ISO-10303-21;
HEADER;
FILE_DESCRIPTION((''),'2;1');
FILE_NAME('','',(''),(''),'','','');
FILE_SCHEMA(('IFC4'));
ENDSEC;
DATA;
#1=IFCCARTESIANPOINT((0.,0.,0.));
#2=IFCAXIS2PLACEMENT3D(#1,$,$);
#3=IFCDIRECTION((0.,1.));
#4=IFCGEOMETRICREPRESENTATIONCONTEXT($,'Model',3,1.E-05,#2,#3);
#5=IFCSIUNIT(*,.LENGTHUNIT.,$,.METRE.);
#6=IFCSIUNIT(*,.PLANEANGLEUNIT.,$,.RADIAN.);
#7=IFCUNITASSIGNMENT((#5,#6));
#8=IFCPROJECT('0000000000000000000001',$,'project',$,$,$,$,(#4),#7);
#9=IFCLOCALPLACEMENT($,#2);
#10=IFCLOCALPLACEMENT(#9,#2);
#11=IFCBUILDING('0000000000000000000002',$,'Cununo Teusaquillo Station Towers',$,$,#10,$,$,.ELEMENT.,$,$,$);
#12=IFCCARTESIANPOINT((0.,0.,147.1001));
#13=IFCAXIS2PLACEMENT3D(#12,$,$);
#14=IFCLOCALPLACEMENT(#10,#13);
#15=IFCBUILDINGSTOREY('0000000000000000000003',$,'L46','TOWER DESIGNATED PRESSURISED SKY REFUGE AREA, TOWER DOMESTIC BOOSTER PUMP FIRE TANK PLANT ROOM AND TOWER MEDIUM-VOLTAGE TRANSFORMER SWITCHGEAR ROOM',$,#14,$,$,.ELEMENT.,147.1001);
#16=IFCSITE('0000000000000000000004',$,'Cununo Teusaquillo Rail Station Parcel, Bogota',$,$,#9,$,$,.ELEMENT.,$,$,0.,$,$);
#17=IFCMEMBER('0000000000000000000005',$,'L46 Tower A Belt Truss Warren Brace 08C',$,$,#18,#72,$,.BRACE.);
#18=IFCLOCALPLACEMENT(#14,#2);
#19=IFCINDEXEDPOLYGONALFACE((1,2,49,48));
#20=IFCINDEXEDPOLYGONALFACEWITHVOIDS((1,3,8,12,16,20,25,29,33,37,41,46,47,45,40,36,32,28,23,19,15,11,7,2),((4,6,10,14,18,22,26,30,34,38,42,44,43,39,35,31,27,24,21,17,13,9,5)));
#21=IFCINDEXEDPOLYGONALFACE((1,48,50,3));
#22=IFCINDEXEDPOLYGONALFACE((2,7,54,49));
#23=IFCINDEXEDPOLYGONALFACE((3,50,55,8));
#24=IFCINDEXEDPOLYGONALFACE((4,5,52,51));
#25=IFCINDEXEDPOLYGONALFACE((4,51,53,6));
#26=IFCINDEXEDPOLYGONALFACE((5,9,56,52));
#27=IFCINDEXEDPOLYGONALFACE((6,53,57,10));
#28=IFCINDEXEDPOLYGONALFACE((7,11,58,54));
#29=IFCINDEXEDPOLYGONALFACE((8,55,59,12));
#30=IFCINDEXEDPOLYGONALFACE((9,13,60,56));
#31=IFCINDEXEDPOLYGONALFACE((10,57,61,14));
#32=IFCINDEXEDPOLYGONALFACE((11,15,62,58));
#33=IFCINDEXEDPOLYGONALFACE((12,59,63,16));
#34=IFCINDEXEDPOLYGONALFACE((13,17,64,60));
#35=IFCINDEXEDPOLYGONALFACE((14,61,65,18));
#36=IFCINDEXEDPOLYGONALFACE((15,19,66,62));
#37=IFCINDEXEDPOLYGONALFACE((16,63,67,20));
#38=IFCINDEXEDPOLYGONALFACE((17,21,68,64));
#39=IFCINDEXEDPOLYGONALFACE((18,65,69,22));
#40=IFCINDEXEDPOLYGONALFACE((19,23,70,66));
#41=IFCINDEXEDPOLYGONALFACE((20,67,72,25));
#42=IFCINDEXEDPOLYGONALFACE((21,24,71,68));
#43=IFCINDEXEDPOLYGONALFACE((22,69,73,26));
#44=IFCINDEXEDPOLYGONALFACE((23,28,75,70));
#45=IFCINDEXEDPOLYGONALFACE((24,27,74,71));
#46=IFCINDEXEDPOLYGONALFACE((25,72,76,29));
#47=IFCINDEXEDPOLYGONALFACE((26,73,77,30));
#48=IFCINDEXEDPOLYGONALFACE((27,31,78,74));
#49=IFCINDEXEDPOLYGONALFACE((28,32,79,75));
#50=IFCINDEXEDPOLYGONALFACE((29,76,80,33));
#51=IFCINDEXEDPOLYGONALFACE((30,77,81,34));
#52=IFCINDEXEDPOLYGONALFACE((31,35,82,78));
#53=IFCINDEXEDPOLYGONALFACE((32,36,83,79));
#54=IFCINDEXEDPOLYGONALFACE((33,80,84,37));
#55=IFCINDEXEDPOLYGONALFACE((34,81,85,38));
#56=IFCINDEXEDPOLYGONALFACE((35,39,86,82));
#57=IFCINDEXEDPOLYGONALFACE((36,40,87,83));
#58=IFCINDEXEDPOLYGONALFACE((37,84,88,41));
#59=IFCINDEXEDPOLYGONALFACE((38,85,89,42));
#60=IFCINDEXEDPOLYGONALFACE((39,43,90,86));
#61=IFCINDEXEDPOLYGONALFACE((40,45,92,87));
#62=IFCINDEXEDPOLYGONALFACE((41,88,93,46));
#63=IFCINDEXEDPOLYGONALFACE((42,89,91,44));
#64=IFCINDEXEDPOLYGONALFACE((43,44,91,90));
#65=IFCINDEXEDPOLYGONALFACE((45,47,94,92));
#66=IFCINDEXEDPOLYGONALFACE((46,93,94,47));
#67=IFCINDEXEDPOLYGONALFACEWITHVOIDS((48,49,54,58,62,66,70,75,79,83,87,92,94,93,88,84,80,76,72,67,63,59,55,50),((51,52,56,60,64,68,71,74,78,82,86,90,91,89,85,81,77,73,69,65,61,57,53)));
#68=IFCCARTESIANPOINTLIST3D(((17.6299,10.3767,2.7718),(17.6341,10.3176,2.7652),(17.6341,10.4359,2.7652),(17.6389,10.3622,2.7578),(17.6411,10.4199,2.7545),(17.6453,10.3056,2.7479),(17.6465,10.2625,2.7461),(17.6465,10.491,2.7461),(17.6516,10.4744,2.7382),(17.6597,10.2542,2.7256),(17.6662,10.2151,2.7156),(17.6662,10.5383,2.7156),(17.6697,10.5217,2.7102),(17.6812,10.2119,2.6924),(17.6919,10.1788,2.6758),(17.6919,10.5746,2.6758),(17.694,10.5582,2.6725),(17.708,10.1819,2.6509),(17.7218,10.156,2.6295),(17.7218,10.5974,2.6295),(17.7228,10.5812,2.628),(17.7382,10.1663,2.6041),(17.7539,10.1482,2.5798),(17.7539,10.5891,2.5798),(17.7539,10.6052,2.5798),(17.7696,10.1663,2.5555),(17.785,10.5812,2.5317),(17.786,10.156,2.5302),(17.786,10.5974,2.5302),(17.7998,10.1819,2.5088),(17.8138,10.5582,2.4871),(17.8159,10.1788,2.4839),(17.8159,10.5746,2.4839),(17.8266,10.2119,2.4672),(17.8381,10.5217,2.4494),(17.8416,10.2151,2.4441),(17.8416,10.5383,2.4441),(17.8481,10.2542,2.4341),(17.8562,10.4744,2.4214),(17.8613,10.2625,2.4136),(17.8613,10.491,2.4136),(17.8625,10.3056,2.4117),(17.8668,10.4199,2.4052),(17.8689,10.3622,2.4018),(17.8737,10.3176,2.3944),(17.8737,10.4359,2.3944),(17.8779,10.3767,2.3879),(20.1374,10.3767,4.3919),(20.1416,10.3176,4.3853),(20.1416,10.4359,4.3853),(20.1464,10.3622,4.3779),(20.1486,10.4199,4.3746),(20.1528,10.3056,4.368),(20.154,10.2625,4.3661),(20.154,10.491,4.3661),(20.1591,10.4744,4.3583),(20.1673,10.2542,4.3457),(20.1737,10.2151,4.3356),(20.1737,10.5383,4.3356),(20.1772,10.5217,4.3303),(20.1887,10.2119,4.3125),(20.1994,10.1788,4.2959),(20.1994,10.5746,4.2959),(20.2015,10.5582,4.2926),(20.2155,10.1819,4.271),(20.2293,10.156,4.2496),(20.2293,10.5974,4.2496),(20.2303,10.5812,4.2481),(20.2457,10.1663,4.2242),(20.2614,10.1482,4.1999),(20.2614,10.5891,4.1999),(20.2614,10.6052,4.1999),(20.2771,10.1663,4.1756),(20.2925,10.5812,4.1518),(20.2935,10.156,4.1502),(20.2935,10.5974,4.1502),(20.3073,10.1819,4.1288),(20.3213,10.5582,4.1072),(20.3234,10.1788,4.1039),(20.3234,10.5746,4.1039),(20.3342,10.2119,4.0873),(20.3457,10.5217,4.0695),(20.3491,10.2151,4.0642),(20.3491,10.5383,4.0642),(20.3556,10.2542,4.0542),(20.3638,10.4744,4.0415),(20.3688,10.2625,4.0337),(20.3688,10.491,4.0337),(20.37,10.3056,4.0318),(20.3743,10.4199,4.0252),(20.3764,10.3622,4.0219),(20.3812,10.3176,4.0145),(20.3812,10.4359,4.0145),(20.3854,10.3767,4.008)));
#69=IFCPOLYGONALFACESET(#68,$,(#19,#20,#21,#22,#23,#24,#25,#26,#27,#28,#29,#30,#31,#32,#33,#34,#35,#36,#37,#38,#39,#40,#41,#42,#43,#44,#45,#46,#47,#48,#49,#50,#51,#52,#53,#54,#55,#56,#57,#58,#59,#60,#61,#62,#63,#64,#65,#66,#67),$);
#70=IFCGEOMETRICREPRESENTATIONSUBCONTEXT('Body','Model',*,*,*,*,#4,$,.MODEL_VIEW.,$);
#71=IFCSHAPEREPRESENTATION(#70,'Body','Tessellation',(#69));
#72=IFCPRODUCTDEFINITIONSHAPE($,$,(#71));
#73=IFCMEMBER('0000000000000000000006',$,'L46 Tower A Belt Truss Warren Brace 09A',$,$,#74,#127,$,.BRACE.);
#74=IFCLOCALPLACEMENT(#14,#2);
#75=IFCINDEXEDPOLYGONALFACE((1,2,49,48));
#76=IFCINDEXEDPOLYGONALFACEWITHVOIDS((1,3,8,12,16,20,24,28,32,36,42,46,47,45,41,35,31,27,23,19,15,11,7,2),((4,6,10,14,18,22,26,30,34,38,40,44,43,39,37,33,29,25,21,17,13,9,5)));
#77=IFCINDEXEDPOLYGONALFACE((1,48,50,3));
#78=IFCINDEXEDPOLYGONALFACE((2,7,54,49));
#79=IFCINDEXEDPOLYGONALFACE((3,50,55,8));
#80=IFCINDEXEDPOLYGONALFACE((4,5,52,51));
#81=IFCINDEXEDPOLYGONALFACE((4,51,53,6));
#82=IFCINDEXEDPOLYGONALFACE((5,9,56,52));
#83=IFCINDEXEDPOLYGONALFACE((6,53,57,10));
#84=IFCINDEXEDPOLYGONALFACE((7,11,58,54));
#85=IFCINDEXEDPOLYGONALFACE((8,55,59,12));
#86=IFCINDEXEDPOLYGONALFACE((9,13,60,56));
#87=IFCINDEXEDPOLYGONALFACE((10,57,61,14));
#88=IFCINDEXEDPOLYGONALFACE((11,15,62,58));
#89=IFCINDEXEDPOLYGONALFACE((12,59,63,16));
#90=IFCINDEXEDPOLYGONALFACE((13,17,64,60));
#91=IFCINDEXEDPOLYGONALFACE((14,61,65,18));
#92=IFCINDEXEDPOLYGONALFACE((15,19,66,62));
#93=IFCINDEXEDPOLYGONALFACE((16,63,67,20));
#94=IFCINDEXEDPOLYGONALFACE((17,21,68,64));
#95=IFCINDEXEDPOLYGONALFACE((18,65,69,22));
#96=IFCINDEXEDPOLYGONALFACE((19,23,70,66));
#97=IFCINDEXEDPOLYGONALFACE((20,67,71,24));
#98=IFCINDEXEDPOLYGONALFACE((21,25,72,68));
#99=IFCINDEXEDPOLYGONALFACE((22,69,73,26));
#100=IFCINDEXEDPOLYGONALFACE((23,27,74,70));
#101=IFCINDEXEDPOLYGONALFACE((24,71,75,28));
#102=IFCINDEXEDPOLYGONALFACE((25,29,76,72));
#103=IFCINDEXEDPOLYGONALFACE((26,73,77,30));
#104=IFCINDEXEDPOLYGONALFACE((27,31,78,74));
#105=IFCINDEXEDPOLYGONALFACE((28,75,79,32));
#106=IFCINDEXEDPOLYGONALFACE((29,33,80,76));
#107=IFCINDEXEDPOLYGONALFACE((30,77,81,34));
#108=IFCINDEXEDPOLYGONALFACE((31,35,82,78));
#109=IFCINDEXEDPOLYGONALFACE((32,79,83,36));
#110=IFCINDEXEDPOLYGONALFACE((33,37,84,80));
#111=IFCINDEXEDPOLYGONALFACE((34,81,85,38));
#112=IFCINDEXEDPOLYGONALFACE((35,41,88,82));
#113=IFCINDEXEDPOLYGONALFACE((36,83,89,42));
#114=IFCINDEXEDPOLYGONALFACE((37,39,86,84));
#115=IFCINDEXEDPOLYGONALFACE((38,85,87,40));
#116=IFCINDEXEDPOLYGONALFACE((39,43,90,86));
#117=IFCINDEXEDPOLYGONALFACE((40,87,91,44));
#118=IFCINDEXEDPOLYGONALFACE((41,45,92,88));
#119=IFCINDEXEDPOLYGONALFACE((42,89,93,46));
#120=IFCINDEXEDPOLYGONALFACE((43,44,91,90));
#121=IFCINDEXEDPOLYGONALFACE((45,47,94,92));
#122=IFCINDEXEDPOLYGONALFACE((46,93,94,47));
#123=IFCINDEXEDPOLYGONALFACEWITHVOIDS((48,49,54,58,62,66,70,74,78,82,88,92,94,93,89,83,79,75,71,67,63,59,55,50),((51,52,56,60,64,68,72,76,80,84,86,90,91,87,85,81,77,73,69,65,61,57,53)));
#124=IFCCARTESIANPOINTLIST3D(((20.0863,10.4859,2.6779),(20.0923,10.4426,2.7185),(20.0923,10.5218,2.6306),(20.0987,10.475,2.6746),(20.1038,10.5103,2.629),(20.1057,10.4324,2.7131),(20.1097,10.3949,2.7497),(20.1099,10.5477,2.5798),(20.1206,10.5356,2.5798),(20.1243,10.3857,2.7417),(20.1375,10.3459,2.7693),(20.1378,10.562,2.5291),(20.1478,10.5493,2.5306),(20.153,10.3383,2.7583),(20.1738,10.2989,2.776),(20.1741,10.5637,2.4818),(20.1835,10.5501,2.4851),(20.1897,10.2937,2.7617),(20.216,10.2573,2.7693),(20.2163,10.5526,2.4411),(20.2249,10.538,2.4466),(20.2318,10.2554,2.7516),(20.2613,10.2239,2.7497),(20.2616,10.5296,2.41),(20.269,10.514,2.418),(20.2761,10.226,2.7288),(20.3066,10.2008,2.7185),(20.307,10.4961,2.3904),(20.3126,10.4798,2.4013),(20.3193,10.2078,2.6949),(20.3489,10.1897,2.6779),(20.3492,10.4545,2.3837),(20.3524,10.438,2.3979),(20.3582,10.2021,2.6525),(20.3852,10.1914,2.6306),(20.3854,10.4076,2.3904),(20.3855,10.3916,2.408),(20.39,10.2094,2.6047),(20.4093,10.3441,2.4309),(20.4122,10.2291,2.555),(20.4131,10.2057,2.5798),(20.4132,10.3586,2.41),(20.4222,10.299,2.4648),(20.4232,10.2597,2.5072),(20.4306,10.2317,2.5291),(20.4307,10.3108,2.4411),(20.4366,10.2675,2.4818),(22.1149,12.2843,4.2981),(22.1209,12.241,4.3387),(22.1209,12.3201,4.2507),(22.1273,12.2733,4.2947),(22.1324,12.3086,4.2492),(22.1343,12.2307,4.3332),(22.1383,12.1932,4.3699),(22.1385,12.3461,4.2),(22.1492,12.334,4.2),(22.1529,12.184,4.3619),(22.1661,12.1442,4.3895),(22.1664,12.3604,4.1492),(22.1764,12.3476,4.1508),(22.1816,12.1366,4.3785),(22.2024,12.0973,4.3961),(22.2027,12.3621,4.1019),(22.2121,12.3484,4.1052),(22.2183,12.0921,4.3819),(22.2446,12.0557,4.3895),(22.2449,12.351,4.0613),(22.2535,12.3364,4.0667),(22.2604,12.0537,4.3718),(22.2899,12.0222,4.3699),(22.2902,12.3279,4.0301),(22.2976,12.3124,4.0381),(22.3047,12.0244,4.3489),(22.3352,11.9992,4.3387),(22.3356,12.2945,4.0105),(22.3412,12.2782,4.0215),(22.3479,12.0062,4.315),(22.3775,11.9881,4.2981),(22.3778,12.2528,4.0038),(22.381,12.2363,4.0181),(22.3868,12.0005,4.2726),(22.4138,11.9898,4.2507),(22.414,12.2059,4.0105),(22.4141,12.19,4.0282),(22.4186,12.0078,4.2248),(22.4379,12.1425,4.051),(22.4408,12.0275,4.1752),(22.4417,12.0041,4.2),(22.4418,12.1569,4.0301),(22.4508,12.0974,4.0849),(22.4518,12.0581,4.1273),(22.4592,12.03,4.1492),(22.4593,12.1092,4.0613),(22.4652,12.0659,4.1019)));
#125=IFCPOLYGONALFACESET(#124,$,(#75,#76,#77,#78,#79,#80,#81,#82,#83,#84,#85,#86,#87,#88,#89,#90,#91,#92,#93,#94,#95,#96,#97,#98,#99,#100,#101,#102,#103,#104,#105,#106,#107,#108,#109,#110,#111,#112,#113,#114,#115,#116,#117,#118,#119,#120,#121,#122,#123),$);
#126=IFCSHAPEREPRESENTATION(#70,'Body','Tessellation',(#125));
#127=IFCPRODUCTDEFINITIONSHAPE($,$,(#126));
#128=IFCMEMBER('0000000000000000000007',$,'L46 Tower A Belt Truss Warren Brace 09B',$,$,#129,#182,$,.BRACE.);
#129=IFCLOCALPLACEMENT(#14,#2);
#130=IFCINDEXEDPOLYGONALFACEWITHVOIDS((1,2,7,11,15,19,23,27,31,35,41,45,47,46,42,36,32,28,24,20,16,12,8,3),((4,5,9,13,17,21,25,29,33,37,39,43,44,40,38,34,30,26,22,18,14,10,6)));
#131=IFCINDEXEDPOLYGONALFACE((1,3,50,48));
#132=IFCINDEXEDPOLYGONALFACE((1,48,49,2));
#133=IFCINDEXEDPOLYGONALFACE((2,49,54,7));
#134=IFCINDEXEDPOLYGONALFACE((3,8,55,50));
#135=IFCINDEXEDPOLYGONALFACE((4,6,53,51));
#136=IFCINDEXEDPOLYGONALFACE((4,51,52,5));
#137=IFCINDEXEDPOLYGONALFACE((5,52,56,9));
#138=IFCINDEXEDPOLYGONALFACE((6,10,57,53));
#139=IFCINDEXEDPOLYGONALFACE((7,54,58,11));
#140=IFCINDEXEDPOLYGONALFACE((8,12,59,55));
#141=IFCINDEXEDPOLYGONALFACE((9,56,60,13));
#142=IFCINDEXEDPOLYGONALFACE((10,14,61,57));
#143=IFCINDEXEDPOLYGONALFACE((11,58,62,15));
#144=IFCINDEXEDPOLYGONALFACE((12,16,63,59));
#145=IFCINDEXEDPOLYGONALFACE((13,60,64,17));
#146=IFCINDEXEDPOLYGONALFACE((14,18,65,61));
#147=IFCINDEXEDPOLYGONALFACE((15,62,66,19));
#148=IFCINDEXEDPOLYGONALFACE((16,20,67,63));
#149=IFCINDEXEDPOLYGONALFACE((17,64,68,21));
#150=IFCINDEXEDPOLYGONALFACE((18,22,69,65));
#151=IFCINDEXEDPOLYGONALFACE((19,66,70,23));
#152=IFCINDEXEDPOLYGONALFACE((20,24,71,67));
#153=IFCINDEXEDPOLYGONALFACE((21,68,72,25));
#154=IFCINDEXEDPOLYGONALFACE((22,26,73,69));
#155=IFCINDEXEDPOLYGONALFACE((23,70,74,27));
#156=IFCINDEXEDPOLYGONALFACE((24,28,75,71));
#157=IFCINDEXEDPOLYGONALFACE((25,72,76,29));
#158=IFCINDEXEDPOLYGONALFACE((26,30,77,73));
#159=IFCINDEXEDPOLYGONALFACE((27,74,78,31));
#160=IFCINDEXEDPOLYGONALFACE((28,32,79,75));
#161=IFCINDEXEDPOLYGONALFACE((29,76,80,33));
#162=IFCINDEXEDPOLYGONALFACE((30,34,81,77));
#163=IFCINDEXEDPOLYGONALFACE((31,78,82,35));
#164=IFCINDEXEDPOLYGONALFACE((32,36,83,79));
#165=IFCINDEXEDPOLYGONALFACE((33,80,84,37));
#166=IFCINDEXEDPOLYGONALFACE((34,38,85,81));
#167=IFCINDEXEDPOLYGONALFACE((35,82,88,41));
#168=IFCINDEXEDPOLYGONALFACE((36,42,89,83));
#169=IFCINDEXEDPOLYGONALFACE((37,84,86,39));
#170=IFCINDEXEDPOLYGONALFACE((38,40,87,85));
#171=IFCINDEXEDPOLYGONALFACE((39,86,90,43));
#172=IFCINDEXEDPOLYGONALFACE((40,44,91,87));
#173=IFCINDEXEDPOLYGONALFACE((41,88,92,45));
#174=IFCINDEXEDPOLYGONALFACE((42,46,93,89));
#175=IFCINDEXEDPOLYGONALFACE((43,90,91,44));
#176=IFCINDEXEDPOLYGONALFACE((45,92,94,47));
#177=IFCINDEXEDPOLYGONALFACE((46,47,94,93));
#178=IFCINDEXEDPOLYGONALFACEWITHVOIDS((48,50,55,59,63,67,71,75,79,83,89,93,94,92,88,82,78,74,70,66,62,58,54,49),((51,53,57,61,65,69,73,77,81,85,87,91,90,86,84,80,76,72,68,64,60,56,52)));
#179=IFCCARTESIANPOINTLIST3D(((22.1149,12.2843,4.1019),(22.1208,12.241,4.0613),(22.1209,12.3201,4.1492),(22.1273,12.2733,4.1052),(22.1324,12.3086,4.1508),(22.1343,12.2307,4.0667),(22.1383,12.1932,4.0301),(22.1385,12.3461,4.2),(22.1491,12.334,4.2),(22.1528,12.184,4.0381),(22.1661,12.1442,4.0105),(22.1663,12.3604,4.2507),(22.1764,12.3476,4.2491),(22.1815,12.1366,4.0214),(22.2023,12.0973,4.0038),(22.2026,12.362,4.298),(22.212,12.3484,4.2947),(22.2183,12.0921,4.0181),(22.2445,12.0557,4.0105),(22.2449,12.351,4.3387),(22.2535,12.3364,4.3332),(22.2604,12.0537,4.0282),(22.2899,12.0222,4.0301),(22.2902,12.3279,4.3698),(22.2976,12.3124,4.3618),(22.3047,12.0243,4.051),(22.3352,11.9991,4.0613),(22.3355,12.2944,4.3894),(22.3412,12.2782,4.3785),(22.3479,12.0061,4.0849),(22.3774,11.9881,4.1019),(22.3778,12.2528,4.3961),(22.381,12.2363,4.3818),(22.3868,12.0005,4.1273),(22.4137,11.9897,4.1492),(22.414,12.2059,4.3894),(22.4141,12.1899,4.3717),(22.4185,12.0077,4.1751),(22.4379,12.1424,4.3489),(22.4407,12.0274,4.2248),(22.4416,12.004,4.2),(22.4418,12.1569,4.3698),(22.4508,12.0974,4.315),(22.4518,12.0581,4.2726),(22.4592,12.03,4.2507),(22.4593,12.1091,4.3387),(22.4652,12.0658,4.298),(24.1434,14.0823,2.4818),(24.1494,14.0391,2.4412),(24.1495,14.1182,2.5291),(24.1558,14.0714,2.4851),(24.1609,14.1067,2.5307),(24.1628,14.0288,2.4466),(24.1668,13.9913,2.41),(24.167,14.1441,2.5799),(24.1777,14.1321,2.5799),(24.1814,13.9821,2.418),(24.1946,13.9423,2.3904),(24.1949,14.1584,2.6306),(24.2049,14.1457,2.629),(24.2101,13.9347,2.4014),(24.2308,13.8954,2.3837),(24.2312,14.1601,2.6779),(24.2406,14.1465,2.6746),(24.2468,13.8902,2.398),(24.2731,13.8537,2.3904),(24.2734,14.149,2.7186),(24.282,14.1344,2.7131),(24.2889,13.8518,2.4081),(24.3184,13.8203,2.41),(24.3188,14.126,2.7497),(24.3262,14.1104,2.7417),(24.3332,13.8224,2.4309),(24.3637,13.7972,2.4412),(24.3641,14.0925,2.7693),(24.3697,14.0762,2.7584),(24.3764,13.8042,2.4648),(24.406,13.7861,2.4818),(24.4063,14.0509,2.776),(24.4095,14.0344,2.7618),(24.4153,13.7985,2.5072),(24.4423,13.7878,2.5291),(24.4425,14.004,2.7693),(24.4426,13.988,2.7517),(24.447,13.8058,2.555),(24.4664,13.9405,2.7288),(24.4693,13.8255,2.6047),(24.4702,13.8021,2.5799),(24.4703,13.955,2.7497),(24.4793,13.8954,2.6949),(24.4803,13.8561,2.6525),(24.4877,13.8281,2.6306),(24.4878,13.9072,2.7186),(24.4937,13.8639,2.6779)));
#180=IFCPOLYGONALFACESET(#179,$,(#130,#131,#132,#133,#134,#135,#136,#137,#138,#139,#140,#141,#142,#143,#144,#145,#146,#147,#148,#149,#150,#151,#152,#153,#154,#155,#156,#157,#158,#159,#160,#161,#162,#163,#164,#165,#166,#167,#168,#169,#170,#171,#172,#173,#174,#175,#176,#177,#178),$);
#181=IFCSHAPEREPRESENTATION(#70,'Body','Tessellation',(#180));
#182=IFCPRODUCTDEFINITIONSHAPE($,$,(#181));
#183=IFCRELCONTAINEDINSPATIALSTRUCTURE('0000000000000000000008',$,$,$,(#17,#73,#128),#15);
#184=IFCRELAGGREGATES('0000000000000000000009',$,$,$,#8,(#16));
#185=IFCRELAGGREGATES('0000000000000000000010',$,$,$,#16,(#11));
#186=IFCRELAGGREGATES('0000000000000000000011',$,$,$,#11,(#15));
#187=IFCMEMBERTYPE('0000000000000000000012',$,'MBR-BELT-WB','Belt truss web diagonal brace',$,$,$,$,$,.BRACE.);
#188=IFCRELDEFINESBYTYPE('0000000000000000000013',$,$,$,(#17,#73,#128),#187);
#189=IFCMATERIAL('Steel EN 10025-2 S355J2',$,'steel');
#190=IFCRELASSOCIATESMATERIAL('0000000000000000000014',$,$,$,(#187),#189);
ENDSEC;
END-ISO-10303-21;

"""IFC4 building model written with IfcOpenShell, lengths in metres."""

from ifc_helpers import new_model, si_unit, direction, frame, origin, origin_2d, place, context, subcontext, project, spatial, hollow_circle, extrude, material, material_profile, profile_set, type_object, element, save


model = new_model("IFC4")

# Units and contexts
model_context = context("Model", 3, precision=1e-05, world=origin(), true_north=direction((0.0, 1.0)))
body_context = subcontext(model_context, "Body", "Model", "MODEL_VIEW")
ifc_project = project(units=[si_unit("LENGTHUNIT", "METRE"), si_unit("PLANEANGLEUNIT", "RADIAN")], contexts=[model_context])

# Site, building, storey
site_placement = place(None, origin())
site = spatial("IfcSite", under=ifc_project, at=site_placement, Name="Cununo Teusaquillo Rail Station Parcel, Bogota", CompositionType="ELEMENT", RefElevation=0.0)
building_placement = place(site_placement, origin())
building = spatial("IfcBuilding", under=site, at=building_placement, Name="Cununo Teusaquillo Station Towers", CompositionType="ELEMENT")
storey_placement = place(building_placement, frame((0.0, 0.0, 147.1001)))
storey = spatial("IfcBuildingStorey", under=building, at=storey_placement, Name="L46", Description="TOWER DESIGNATED PRESSURISED SKY REFUGE AREA, TOWER DOMESTIC BOOSTER PUMP FIRE TANK PLANT ROOM AND TOWER MEDIUM-VOLTAGE TRANSFORMER SWITCHGEAR ROOM", CompositionType="ELEMENT", Elevation=147.1001)

# Members
ifc_material_1 = material(Name="Steel EN 10025-2 S355J2", Category="steel")
ifc_material_profile_1 = material_profile(ifc_material_1, hollow_circle(Radius=0.2285, WallThickness=0.0161, at=origin_2d()), Name="CHS 457x16")
ifc_profile_set_1 = profile_set([ifc_material_profile_1], Name="Steel EN 10025-2 S355J2")
member_type_1 = type_object("IfcMemberType", Name="MBR-BELT-WB", Description="Belt truss web diagonal brace", PredefinedType="BRACE", material=ifc_profile_set_1)
member_1_placement = place(storey_placement, frame((17.7539, 10.3767, 2.5798), z_axis=(0.839941, 0.0, 0.542678), x_axis=(0.0, 1.0, 0.0)))
element("IfcMember", 1, at=member_1_placement, inside=storey, type_object=member_type_1, Name="L46 Tower A Belt Truss Warren Brace 08C", PredefinedType="BRACE", context=body_context, shape_type="SweptSolid", body=[
    extrude(hollow_circle(Radius=0.2285, WallThickness=0.0161, at=origin_2d()), origin(), (0.0, 0.0, 1.0), 2.9854),
])
member_2_placement = place(storey_placement, frame((20.2615, 10.3767, 2.5798), z_axis=(0.642328, 0.569429, 0.512996), x_axis=(-0.663368, 0.748293, 0.0)))
element("IfcMember", 2, at=member_2_placement, inside=storey, type_object=member_type_1, Name="L46 Tower A Belt Truss Warren Brace 09A", PredefinedType="BRACE", context=body_context, shape_type="SweptSolid", body=[
    extrude(hollow_circle(Radius=0.2285, WallThickness=0.0161, at=origin_2d()), origin(), (0.0, 0.0, 1.0), 3.1582),
])
member_3_placement = place(storey_placement, frame((22.29, 12.175, 4.2), z_axis=(0.642356, 0.569377, -0.513019), x_axis=(-0.663318, 0.748338, 0.0)))
element("IfcMember", 3, at=member_3_placement, inside=storey, type_object=member_type_1, Name="L46 Tower A Belt Truss Warren Brace 09B", PredefinedType="BRACE", context=body_context, shape_type="SweptSolid", body=[
    extrude(hollow_circle(Radius=0.2285, WallThickness=0.0161, at=origin_2d()), origin(), (0.0, 0.0, 1.0), 3.158),
])

save(model, "model.ifc")
